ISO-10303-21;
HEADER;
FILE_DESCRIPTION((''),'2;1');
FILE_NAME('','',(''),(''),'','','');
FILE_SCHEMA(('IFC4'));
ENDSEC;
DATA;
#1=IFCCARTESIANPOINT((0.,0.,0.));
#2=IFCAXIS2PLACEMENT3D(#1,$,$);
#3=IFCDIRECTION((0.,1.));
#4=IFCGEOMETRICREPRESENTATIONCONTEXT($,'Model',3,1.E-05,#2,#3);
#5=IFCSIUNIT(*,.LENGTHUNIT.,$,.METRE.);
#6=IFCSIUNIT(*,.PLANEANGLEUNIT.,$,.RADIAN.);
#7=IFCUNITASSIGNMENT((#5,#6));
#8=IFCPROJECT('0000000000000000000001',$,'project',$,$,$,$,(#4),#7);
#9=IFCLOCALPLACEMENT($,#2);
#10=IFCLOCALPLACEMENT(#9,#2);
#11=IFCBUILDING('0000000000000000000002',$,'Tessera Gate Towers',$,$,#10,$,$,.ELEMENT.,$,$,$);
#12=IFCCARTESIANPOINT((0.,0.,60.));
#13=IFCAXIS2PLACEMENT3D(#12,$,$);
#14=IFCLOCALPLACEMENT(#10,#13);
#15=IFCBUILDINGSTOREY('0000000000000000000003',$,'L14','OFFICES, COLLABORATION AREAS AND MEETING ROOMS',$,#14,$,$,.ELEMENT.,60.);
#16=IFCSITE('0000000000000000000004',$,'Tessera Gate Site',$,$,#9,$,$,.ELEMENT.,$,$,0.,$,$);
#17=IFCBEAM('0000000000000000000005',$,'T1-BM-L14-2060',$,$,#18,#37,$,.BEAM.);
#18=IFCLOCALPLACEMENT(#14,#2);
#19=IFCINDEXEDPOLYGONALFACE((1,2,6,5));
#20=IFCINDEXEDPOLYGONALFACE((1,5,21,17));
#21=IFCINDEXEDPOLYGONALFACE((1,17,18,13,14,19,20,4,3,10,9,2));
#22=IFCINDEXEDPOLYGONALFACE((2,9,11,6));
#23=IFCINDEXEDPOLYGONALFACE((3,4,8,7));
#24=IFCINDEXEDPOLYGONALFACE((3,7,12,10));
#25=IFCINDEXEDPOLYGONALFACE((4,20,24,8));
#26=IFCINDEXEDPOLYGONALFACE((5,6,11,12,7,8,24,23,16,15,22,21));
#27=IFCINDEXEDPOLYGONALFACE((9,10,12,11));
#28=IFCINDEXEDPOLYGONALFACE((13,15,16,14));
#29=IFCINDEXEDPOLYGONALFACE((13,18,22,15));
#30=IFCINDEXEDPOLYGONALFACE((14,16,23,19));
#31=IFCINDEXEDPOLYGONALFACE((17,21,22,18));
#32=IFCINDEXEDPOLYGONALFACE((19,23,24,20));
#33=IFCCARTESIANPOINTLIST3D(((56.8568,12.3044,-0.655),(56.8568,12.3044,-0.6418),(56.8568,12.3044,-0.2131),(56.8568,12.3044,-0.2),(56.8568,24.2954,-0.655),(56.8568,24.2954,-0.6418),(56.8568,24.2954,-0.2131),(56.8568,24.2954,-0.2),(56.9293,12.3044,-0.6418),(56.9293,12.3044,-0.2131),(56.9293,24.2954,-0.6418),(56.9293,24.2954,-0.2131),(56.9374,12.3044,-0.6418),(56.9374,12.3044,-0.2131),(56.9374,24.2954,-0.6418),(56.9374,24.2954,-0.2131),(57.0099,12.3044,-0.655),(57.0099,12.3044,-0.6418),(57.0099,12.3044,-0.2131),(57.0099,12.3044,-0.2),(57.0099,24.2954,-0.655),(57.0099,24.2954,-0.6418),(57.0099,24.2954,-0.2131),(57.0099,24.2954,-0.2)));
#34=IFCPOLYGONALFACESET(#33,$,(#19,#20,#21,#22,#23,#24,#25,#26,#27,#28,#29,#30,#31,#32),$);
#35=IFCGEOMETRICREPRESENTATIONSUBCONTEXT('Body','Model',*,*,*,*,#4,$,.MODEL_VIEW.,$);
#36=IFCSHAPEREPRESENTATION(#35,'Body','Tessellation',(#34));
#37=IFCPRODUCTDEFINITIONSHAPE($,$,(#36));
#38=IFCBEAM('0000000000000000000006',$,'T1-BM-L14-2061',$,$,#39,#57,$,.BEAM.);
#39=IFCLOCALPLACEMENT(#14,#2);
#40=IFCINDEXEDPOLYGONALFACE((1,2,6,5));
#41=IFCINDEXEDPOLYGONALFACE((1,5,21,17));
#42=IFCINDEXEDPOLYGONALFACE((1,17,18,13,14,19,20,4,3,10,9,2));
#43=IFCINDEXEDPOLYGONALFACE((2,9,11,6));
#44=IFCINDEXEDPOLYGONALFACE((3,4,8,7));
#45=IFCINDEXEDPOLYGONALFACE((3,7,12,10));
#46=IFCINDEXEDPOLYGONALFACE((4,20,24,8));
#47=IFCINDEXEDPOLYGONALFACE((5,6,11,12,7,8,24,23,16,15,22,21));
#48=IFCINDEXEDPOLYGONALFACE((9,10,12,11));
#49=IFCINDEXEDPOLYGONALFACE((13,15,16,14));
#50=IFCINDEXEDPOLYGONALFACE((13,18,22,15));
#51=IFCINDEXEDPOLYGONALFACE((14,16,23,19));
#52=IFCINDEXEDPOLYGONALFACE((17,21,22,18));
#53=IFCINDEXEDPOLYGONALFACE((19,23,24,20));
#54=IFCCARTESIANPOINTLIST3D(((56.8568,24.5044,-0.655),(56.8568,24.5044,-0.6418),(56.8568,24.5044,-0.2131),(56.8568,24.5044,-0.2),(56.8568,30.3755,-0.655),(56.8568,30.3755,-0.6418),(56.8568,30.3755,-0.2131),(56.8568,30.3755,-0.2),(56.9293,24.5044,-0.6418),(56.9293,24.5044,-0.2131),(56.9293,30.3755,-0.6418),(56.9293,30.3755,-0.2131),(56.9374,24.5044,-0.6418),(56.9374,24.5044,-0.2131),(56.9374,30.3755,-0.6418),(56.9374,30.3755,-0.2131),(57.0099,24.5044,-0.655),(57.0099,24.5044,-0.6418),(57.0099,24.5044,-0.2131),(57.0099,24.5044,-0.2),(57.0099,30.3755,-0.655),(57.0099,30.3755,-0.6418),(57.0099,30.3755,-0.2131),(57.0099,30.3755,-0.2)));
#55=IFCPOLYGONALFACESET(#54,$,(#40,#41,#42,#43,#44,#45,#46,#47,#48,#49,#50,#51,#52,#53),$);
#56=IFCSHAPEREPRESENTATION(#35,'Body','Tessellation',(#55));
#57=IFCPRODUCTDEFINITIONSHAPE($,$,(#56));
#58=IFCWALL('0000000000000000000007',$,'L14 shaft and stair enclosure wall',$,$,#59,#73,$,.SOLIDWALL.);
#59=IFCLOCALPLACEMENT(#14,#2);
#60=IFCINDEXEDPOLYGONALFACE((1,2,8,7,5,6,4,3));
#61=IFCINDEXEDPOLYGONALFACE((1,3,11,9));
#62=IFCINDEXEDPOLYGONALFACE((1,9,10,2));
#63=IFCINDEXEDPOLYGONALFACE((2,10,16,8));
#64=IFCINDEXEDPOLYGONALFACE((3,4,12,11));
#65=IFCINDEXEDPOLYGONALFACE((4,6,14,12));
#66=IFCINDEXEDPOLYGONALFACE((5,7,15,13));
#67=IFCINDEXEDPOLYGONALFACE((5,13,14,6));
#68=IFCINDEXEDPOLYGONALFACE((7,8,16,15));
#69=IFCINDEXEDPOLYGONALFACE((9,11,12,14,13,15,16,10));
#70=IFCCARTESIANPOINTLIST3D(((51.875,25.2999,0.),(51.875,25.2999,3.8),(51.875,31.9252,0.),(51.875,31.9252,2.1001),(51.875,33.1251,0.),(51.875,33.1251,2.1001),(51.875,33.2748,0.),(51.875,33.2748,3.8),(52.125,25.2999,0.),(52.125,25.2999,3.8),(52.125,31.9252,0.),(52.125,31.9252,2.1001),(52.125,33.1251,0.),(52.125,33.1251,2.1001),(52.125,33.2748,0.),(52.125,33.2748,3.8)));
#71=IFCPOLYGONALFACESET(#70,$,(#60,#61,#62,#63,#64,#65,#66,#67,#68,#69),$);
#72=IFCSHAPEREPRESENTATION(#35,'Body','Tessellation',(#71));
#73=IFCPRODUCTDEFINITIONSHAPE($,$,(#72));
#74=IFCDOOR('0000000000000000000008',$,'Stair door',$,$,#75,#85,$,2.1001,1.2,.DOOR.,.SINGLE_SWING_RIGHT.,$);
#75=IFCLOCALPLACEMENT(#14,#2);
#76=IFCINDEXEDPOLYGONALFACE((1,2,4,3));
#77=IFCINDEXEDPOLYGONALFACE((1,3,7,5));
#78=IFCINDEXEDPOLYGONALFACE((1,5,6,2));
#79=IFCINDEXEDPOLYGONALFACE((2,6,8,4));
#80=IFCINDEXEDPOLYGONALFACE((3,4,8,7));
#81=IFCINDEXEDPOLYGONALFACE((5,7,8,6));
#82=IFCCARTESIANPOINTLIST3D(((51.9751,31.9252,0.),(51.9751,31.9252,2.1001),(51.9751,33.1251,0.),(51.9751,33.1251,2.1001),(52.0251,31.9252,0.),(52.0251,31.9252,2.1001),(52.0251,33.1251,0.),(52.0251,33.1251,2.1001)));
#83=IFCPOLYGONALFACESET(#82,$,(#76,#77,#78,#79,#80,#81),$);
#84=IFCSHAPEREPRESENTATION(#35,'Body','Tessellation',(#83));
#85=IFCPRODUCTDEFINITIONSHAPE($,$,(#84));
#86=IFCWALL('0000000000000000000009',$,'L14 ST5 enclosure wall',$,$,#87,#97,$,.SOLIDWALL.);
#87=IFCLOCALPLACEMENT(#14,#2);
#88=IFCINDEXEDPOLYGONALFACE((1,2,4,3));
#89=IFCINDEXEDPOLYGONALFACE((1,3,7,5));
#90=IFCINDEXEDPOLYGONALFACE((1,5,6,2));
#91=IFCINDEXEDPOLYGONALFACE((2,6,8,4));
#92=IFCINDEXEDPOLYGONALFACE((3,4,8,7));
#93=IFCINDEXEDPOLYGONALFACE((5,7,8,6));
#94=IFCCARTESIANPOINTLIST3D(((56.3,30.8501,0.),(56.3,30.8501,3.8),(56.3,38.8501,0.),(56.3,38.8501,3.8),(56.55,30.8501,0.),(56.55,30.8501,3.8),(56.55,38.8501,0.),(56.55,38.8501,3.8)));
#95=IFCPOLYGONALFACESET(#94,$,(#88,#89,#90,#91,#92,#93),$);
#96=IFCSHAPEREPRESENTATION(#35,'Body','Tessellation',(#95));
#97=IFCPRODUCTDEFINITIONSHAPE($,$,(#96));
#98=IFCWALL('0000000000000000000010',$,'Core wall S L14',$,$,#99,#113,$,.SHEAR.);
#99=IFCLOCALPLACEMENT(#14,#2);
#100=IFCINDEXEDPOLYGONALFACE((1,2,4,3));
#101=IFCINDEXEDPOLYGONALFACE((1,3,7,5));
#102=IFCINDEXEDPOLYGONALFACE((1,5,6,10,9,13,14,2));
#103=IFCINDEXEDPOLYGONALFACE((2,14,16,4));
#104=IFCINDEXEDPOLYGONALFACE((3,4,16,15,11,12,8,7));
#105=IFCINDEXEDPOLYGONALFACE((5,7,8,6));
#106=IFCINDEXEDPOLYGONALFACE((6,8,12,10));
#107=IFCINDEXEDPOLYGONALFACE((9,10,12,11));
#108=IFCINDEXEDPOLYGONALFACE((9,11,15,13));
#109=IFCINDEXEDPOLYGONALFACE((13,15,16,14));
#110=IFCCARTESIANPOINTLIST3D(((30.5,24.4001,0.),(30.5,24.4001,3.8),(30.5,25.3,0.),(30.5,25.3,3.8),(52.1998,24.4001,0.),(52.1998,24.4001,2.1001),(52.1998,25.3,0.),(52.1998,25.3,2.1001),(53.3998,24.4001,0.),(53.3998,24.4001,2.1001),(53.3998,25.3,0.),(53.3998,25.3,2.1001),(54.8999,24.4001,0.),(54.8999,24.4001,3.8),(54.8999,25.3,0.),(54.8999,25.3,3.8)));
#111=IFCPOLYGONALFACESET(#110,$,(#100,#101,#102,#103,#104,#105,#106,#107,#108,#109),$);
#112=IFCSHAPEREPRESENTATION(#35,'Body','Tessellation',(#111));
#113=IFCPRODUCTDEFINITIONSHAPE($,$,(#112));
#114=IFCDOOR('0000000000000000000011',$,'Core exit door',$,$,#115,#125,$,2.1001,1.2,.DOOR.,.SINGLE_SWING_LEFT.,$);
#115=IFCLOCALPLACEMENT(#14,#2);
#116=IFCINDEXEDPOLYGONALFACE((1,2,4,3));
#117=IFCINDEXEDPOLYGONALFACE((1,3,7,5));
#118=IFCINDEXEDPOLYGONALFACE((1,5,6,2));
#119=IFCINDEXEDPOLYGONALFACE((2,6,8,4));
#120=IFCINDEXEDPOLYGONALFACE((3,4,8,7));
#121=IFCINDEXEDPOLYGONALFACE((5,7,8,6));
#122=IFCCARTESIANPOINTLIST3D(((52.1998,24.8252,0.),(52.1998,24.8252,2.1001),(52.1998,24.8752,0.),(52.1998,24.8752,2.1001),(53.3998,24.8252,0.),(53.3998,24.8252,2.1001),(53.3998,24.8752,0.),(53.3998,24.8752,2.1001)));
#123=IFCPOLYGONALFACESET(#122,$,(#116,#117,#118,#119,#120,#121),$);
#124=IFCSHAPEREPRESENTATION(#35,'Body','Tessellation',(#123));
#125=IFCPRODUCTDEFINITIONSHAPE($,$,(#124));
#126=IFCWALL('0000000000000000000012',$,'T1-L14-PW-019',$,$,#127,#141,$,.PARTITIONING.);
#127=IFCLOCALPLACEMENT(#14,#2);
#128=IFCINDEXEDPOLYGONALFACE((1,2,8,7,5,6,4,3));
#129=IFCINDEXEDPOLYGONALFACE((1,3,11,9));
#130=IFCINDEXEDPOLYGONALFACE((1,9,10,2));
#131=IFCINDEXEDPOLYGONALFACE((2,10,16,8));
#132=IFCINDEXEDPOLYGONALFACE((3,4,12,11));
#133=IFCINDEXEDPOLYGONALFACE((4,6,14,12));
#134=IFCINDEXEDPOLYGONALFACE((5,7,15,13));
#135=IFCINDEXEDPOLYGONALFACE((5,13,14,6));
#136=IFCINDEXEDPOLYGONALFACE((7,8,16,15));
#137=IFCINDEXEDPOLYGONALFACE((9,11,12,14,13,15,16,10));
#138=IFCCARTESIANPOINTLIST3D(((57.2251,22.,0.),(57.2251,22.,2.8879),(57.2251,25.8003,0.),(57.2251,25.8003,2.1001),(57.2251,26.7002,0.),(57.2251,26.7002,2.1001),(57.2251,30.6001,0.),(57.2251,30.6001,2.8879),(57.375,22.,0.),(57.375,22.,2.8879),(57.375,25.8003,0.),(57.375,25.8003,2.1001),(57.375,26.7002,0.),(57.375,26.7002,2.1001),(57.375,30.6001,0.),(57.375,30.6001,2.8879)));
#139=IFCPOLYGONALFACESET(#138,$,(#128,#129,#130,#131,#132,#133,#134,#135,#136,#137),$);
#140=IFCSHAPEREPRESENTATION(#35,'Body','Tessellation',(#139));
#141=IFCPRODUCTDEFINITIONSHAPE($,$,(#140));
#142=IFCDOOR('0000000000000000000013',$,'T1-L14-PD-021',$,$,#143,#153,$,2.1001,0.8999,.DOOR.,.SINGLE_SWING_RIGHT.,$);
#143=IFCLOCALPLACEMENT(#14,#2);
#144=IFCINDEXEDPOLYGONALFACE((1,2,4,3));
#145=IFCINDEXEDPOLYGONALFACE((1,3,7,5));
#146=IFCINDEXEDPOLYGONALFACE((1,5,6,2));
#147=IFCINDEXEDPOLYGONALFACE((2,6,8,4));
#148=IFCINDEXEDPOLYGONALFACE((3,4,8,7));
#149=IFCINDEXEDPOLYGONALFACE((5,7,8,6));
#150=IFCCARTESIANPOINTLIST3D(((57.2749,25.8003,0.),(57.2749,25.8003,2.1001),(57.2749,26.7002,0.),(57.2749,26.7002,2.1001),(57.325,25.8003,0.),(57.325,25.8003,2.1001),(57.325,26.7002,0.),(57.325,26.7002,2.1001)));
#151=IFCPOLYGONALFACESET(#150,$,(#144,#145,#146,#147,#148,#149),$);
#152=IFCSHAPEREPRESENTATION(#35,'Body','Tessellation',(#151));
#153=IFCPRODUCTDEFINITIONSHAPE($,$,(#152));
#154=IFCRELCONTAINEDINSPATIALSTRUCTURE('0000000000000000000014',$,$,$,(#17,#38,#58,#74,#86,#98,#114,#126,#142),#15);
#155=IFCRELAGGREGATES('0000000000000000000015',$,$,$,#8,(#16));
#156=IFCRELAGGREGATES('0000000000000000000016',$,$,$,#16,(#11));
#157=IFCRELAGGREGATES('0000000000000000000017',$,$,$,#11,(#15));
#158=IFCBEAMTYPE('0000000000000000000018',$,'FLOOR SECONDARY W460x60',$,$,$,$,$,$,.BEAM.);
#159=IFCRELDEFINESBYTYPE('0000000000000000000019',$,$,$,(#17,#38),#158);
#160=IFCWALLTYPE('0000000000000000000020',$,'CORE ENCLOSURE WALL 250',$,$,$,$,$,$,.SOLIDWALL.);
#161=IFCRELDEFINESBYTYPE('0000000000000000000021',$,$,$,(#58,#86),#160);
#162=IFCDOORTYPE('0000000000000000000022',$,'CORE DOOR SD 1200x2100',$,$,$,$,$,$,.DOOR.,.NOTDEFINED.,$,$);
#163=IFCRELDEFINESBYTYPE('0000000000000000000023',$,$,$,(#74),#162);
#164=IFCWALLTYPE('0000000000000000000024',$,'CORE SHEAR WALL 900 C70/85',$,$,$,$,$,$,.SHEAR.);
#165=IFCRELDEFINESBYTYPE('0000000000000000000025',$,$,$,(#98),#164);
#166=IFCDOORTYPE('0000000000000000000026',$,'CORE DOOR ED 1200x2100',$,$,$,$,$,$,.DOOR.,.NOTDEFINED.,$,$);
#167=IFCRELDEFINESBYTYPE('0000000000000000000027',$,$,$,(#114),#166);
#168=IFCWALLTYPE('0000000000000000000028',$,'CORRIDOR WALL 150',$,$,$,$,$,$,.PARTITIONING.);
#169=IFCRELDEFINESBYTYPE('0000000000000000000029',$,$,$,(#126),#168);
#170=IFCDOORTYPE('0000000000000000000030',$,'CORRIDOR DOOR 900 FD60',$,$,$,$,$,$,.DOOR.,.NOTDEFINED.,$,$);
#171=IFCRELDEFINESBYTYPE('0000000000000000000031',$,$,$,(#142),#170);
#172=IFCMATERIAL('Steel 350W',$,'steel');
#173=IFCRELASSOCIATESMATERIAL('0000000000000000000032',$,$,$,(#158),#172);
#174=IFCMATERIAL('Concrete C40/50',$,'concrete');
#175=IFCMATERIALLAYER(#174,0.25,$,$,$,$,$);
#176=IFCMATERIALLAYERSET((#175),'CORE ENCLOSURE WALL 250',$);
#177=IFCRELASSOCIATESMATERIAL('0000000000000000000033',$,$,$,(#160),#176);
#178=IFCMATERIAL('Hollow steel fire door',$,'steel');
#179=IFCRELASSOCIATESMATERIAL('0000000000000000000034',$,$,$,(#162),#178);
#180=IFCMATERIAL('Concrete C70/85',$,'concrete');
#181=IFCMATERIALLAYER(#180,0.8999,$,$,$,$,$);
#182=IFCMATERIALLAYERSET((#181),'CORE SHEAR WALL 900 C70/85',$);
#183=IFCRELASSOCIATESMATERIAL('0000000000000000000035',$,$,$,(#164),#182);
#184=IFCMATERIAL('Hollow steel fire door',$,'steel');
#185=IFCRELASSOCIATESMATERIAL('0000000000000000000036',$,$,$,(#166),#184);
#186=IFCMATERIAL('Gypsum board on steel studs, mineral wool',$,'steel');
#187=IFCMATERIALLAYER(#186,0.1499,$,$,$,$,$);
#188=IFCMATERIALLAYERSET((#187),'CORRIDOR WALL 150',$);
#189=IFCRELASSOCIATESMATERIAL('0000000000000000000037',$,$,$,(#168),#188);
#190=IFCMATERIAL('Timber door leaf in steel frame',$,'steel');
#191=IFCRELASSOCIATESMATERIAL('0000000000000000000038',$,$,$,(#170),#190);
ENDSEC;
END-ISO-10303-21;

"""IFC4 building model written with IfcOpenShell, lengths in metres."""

from ifc_helpers import new_model, si_unit, direction, frame, frame_2d, origin, origin_2d, place, context, subcontext, project, spatial, rectangle, i_section, extrude, source, transform, mapped, material, layer, layer_set, material_profile, profile_set, type_object, element, fill, save


model = new_model("IFC4")

# Units and contexts
model_context = context("Model", 3, precision=1e-05, world=origin(), true_north=direction((0.0, 1.0)))
body_context = subcontext(model_context, "Body", "Model", "MODEL_VIEW")
ifc_project = project(units=[si_unit("LENGTHUNIT", "METRE"), si_unit("PLANEANGLEUNIT", "RADIAN")], contexts=[model_context])

# Site, building, storey
site_placement = place(None, origin())
site = spatial("IfcSite", under=ifc_project, at=site_placement, Name="Tessera Gate Site", CompositionType="ELEMENT", RefElevation=0.0)
building_placement = place(site_placement, origin())
building = spatial("IfcBuilding", under=site, at=building_placement, Name="Tessera Gate Towers", CompositionType="ELEMENT")
storey_placement = place(building_placement, frame((0.0, 0.0, 60.0)))
storey = spatial("IfcBuildingStorey", under=building, at=storey_placement, Name="L14", Description="OFFICES, COLLABORATION AREAS AND MEETING ROOMS", CompositionType="ELEMENT", Elevation=60.0)

# Beams
ifc_material_1 = material(Name="Steel 350W", Category="steel")
ifc_material_profile_1 = material_profile(ifc_material_1, i_section(OverallWidth=0.1531, OverallDepth=0.4551, WebThickness=0.0081, FlangeThickness=0.0132, at=origin_2d()), Name="W460x60")
ifc_profile_set_1 = profile_set([ifc_material_profile_1], Name="Steel 350W")
beam_type_1 = type_object("IfcBeamType", Name="FLOOR SECONDARY W460x60", PredefinedType="BEAM", material=ifc_profile_set_1)
beam_1_placement = place(storey_placement, frame((56.9333, 12.3044, -0.4275), z_axis=(0.0, 1.0, 0.0), x_axis=(-1.0, 0.0, 0.0)))
element("IfcBeam", 1, at=beam_1_placement, inside=storey, type_object=beam_type_1, Name="T1-BM-L14-2060", PredefinedType="BEAM", context=body_context, shape_type="SweptSolid", body=[
    extrude(i_section(OverallWidth=0.1531, OverallDepth=0.4551, WebThickness=0.0081, FlangeThickness=0.0132, at=origin_2d()), origin(), (0.0, 0.0, 1.0), 11.991),
])
beam_2_placement = place(storey_placement, frame((56.9333, 24.5044, -0.4275), z_axis=(0.0, 1.0, 0.0), x_axis=(-1.0, 0.0, 0.0)))
element("IfcBeam", 2, at=beam_2_placement, inside=storey, type_object=beam_type_1, Name="T1-BM-L14-2061", PredefinedType="BEAM", context=body_context, shape_type="SweptSolid", body=[
    extrude(i_section(OverallWidth=0.1531, OverallDepth=0.4551, WebThickness=0.0081, FlangeThickness=0.0132, at=origin_2d()), origin(), (0.0, 0.0, 1.0), 5.8711),
])

# Wall, opening, door
ifc_material_2 = material(Name="Concrete C40/50", Category="concrete")
ifc_layer_1 = layer(ifc_material_2, 0.25)
ifc_layer_set_1 = layer_set([ifc_layer_1], Name="CORE ENCLOSURE WALL 250")
wall_type_1 = type_object("IfcWallType", Name="CORE ENCLOSURE WALL 250", PredefinedType="SOLIDWALL", material=ifc_layer_set_1)
wall_1_placement = place(storey_placement, frame((52.0, 25.3, 0.0), z_axis=(0.0, 0.0, 1.0), x_axis=(0.0, 1.0, 0.0)))
wall_1 = element("IfcWall", 3, at=wall_1_placement, inside=storey, type_object=wall_type_1, Name="L14 shaft and stair enclosure wall", PredefinedType="SOLIDWALL", context=body_context, shape_type="SweptSolid", body=[
    extrude(rectangle(XDim=7.9749, YDim=0.25, at=frame_2d((3.9873, 0.0))), origin(), (0.0, 0.0, 1.0), 3.8),
])
shared_shape_1 = source(origin(), body_context, "Body", "SweptSolid", [
    extrude(rectangle(XDim=1.2, YDim=2.1001, at=frame_2d((0.6001, 1.05))), frame((0.0, 0.135, 0.0), z_axis=(0.0, -1.0, 0.0), x_axis=(1.0, 0.0, 0.0)), (0.0, 0.0, 1.0), 0.27),
])
opening_1_placement = place(wall_1_placement, frame((6.625, 0.0, 0.0)))
opening_1 = element("IfcOpeningElement", 4, at=opening_1_placement, cuts=wall_1, PredefinedType="OPENING", context=body_context, shape_type="MappedRepresentation", body=[
    mapped(shared_shape_1, transform((0.0, 0.0, 0.0), scale=1.0)),
])
ifc_material_3 = material(Name="Hollow steel fire door", Category="steel")
door_type_1 = type_object("IfcDoorType", Name="CORE DOOR SD 1200x2100", OperationType="NOTDEFINED", PredefinedType="DOOR", material=ifc_material_3)
shared_shape_2 = source(origin(), body_context, "Body", "SweptSolid", [
    extrude(rectangle(XDim=1.2, YDim=2.1001, at=frame_2d((0.6001, 1.05))), frame((0.0, 0.0249, 0.0), z_axis=(0.0, -1.0, 0.0), x_axis=(1.0, 0.0, 0.0)), (0.0, 0.0, 1.0), 0.05),
])
door_1_placement = place(opening_1_placement, origin())
door_1 = element("IfcDoor", 5, at=door_1_placement, inside=storey, type_object=door_type_1, Name="Stair door", OperationType="SINGLE_SWING_RIGHT", OverallHeight=2.1001, OverallWidth=1.2, PredefinedType="DOOR", context=body_context, shape_type="MappedRepresentation", body=[
    mapped(shared_shape_2, transform((0.0, 0.0, 0.0), scale=1.0)),
])
fill(opening_1, door_1)

# Wall
wall_2_placement = place(storey_placement, frame((56.425, 30.8501, 0.0), z_axis=(0.0, 0.0, 1.0), x_axis=(0.0, 1.0, 0.0)))
element("IfcWall", 6, at=wall_2_placement, inside=storey, type_object=wall_type_1, Name="L14 ST5 enclosure wall", PredefinedType="SOLIDWALL", context=body_context, shape_type="SweptSolid", body=[
    extrude(rectangle(XDim=8.0, YDim=0.25, at=frame_2d((4.0, 0.0))), origin(), (0.0, 0.0, 1.0), 3.8),
])

# Walls, openings, doors
ifc_material_4 = material(Name="Concrete C70/85", Category="concrete")
ifc_layer_2 = layer(ifc_material_4, 0.8999)
ifc_layer_set_2 = layer_set([ifc_layer_2], Name="CORE SHEAR WALL 900 C70/85")
wall_type_2 = type_object("IfcWallType", Name="CORE SHEAR WALL 900 C70/85", PredefinedType="SHEAR", material=ifc_layer_set_2)
wall_3_placement = place(storey_placement, frame((54.8999, 24.8501, 0.0), z_axis=(0.0, 0.0, 1.0), x_axis=(-1.0, 0.0, 0.0)))
wall_3 = element("IfcWall", 7, at=wall_3_placement, inside=storey, type_object=wall_type_2, Name="Core wall S L14", PredefinedType="SHEAR", context=body_context, shape_type="SweptSolid", body=[
    extrude(rectangle(XDim=24.3999, YDim=0.8999, at=frame_2d((12.2, 0.0))), origin(), (0.0, 0.0, 1.0), 3.8),
])
shared_shape_3 = source(origin(), body_context, "Body", "SweptSolid", [
    extrude(rectangle(XDim=1.2, YDim=2.1001, at=frame_2d((0.6001, 1.05))), frame((0.0, 0.46, 0.0), z_axis=(0.0, -1.0, 0.0), x_axis=(1.0, 0.0, 0.0)), (0.0, 0.0, 1.0), 0.9199),
])
opening_2_placement = place(wall_3_placement, frame((1.5, 0.0, 0.0)))
opening_2 = element("IfcOpeningElement", 8, at=opening_2_placement, cuts=wall_3, PredefinedType="OPENING", context=body_context, shape_type="MappedRepresentation", body=[
    mapped(shared_shape_3, transform((0.0, 0.0, 0.0), scale=1.0)),
])
ifc_material_5 = material(Name="Hollow steel fire door", Category="steel")
door_type_2 = type_object("IfcDoorType", Name="CORE DOOR ED 1200x2100", OperationType="NOTDEFINED", PredefinedType="DOOR", material=ifc_material_5)
door_2_placement = place(opening_2_placement, origin())
door_2 = element("IfcDoor", 9, at=door_2_placement, inside=storey, type_object=door_type_2, Name="Core exit door", OperationType="SINGLE_SWING_LEFT", OverallHeight=2.1001, OverallWidth=1.2, PredefinedType="DOOR", context=body_context, shape_type="MappedRepresentation", body=[
    mapped(shared_shape_2, transform((0.0, 0.0, 0.0), scale=1.0)),
])
fill(opening_2, door_2)
ifc_material_6 = material(Name="Gypsum board on steel studs, mineral wool", Category="steel")
ifc_layer_3 = layer(ifc_material_6, 0.1499)
ifc_layer_set_3 = layer_set([ifc_layer_3], Name="CORRIDOR WALL 150")
wall_type_3 = type_object("IfcWallType", Name="CORRIDOR WALL 150", PredefinedType="PARTITIONING", material=ifc_layer_set_3)
wall_4_placement = place(storey_placement, frame((57.3, 30.6001, 0.0), z_axis=(0.0, 0.0, 1.0), x_axis=(0.0, -1.0, 0.0)))
wall_4 = element("IfcWall", 10, at=wall_4_placement, inside=storey, type_object=wall_type_3, Name="T1-L14-PW-019", PredefinedType="PARTITIONING", context=body_context, shape_type="SweptSolid", body=[
    extrude(rectangle(XDim=8.6001, YDim=0.1499, at=frame_2d((4.3, 0.0))), origin(), (0.0, 0.0, 1.0), 2.8879),
])
shared_shape_4 = source(origin(), body_context, "Body", "SweptSolid", [
    extrude(rectangle(XDim=0.8999, YDim=2.1001, at=frame_2d((0.45, 1.05))), frame((0.0, 0.085, 0.0), z_axis=(0.0, -1.0, 0.0), x_axis=(1.0, 0.0, 0.0)), (0.0, 0.0, 1.0), 0.1699),
])
opening_3_placement = place(wall_4_placement, frame((3.8999, 0.0, 0.0)))
opening_3 = element("IfcOpeningElement", 11, at=opening_3_placement, cuts=wall_4, PredefinedType="OPENING", context=body_context, shape_type="MappedRepresentation", body=[
    mapped(shared_shape_4, transform((0.0, 0.0, 0.0), scale=1.0)),
])
ifc_material_7 = material(Name="Timber door leaf in steel frame", Category="steel")
door_type_3 = type_object("IfcDoorType", Name="CORRIDOR DOOR 900 FD60", OperationType="NOTDEFINED", PredefinedType="DOOR", material=ifc_material_7)
shared_shape_5 = source(origin(), body_context, "Body", "SweptSolid", [
    extrude(rectangle(XDim=0.8999, YDim=2.1001, at=frame_2d((0.45, 1.05))), frame((0.0, 0.0249, 0.0), z_axis=(0.0, -1.0, 0.0), x_axis=(1.0, 0.0, 0.0)), (0.0, 0.0, 1.0), 0.05),
])
door_3_placement = place(opening_3_placement, origin())
door_3 = element("IfcDoor", 12, at=door_3_placement, inside=storey, type_object=door_type_3, Name="T1-L14-PD-021", OperationType="SINGLE_SWING_RIGHT", OverallHeight=2.1001, OverallWidth=0.8999, PredefinedType="DOOR", context=body_context, shape_type="MappedRepresentation", body=[
    mapped(shared_shape_5, transform((0.0, 0.0, 0.0), scale=1.0)),
])
fill(opening_3, door_3)

save(model, "model.ifc")
